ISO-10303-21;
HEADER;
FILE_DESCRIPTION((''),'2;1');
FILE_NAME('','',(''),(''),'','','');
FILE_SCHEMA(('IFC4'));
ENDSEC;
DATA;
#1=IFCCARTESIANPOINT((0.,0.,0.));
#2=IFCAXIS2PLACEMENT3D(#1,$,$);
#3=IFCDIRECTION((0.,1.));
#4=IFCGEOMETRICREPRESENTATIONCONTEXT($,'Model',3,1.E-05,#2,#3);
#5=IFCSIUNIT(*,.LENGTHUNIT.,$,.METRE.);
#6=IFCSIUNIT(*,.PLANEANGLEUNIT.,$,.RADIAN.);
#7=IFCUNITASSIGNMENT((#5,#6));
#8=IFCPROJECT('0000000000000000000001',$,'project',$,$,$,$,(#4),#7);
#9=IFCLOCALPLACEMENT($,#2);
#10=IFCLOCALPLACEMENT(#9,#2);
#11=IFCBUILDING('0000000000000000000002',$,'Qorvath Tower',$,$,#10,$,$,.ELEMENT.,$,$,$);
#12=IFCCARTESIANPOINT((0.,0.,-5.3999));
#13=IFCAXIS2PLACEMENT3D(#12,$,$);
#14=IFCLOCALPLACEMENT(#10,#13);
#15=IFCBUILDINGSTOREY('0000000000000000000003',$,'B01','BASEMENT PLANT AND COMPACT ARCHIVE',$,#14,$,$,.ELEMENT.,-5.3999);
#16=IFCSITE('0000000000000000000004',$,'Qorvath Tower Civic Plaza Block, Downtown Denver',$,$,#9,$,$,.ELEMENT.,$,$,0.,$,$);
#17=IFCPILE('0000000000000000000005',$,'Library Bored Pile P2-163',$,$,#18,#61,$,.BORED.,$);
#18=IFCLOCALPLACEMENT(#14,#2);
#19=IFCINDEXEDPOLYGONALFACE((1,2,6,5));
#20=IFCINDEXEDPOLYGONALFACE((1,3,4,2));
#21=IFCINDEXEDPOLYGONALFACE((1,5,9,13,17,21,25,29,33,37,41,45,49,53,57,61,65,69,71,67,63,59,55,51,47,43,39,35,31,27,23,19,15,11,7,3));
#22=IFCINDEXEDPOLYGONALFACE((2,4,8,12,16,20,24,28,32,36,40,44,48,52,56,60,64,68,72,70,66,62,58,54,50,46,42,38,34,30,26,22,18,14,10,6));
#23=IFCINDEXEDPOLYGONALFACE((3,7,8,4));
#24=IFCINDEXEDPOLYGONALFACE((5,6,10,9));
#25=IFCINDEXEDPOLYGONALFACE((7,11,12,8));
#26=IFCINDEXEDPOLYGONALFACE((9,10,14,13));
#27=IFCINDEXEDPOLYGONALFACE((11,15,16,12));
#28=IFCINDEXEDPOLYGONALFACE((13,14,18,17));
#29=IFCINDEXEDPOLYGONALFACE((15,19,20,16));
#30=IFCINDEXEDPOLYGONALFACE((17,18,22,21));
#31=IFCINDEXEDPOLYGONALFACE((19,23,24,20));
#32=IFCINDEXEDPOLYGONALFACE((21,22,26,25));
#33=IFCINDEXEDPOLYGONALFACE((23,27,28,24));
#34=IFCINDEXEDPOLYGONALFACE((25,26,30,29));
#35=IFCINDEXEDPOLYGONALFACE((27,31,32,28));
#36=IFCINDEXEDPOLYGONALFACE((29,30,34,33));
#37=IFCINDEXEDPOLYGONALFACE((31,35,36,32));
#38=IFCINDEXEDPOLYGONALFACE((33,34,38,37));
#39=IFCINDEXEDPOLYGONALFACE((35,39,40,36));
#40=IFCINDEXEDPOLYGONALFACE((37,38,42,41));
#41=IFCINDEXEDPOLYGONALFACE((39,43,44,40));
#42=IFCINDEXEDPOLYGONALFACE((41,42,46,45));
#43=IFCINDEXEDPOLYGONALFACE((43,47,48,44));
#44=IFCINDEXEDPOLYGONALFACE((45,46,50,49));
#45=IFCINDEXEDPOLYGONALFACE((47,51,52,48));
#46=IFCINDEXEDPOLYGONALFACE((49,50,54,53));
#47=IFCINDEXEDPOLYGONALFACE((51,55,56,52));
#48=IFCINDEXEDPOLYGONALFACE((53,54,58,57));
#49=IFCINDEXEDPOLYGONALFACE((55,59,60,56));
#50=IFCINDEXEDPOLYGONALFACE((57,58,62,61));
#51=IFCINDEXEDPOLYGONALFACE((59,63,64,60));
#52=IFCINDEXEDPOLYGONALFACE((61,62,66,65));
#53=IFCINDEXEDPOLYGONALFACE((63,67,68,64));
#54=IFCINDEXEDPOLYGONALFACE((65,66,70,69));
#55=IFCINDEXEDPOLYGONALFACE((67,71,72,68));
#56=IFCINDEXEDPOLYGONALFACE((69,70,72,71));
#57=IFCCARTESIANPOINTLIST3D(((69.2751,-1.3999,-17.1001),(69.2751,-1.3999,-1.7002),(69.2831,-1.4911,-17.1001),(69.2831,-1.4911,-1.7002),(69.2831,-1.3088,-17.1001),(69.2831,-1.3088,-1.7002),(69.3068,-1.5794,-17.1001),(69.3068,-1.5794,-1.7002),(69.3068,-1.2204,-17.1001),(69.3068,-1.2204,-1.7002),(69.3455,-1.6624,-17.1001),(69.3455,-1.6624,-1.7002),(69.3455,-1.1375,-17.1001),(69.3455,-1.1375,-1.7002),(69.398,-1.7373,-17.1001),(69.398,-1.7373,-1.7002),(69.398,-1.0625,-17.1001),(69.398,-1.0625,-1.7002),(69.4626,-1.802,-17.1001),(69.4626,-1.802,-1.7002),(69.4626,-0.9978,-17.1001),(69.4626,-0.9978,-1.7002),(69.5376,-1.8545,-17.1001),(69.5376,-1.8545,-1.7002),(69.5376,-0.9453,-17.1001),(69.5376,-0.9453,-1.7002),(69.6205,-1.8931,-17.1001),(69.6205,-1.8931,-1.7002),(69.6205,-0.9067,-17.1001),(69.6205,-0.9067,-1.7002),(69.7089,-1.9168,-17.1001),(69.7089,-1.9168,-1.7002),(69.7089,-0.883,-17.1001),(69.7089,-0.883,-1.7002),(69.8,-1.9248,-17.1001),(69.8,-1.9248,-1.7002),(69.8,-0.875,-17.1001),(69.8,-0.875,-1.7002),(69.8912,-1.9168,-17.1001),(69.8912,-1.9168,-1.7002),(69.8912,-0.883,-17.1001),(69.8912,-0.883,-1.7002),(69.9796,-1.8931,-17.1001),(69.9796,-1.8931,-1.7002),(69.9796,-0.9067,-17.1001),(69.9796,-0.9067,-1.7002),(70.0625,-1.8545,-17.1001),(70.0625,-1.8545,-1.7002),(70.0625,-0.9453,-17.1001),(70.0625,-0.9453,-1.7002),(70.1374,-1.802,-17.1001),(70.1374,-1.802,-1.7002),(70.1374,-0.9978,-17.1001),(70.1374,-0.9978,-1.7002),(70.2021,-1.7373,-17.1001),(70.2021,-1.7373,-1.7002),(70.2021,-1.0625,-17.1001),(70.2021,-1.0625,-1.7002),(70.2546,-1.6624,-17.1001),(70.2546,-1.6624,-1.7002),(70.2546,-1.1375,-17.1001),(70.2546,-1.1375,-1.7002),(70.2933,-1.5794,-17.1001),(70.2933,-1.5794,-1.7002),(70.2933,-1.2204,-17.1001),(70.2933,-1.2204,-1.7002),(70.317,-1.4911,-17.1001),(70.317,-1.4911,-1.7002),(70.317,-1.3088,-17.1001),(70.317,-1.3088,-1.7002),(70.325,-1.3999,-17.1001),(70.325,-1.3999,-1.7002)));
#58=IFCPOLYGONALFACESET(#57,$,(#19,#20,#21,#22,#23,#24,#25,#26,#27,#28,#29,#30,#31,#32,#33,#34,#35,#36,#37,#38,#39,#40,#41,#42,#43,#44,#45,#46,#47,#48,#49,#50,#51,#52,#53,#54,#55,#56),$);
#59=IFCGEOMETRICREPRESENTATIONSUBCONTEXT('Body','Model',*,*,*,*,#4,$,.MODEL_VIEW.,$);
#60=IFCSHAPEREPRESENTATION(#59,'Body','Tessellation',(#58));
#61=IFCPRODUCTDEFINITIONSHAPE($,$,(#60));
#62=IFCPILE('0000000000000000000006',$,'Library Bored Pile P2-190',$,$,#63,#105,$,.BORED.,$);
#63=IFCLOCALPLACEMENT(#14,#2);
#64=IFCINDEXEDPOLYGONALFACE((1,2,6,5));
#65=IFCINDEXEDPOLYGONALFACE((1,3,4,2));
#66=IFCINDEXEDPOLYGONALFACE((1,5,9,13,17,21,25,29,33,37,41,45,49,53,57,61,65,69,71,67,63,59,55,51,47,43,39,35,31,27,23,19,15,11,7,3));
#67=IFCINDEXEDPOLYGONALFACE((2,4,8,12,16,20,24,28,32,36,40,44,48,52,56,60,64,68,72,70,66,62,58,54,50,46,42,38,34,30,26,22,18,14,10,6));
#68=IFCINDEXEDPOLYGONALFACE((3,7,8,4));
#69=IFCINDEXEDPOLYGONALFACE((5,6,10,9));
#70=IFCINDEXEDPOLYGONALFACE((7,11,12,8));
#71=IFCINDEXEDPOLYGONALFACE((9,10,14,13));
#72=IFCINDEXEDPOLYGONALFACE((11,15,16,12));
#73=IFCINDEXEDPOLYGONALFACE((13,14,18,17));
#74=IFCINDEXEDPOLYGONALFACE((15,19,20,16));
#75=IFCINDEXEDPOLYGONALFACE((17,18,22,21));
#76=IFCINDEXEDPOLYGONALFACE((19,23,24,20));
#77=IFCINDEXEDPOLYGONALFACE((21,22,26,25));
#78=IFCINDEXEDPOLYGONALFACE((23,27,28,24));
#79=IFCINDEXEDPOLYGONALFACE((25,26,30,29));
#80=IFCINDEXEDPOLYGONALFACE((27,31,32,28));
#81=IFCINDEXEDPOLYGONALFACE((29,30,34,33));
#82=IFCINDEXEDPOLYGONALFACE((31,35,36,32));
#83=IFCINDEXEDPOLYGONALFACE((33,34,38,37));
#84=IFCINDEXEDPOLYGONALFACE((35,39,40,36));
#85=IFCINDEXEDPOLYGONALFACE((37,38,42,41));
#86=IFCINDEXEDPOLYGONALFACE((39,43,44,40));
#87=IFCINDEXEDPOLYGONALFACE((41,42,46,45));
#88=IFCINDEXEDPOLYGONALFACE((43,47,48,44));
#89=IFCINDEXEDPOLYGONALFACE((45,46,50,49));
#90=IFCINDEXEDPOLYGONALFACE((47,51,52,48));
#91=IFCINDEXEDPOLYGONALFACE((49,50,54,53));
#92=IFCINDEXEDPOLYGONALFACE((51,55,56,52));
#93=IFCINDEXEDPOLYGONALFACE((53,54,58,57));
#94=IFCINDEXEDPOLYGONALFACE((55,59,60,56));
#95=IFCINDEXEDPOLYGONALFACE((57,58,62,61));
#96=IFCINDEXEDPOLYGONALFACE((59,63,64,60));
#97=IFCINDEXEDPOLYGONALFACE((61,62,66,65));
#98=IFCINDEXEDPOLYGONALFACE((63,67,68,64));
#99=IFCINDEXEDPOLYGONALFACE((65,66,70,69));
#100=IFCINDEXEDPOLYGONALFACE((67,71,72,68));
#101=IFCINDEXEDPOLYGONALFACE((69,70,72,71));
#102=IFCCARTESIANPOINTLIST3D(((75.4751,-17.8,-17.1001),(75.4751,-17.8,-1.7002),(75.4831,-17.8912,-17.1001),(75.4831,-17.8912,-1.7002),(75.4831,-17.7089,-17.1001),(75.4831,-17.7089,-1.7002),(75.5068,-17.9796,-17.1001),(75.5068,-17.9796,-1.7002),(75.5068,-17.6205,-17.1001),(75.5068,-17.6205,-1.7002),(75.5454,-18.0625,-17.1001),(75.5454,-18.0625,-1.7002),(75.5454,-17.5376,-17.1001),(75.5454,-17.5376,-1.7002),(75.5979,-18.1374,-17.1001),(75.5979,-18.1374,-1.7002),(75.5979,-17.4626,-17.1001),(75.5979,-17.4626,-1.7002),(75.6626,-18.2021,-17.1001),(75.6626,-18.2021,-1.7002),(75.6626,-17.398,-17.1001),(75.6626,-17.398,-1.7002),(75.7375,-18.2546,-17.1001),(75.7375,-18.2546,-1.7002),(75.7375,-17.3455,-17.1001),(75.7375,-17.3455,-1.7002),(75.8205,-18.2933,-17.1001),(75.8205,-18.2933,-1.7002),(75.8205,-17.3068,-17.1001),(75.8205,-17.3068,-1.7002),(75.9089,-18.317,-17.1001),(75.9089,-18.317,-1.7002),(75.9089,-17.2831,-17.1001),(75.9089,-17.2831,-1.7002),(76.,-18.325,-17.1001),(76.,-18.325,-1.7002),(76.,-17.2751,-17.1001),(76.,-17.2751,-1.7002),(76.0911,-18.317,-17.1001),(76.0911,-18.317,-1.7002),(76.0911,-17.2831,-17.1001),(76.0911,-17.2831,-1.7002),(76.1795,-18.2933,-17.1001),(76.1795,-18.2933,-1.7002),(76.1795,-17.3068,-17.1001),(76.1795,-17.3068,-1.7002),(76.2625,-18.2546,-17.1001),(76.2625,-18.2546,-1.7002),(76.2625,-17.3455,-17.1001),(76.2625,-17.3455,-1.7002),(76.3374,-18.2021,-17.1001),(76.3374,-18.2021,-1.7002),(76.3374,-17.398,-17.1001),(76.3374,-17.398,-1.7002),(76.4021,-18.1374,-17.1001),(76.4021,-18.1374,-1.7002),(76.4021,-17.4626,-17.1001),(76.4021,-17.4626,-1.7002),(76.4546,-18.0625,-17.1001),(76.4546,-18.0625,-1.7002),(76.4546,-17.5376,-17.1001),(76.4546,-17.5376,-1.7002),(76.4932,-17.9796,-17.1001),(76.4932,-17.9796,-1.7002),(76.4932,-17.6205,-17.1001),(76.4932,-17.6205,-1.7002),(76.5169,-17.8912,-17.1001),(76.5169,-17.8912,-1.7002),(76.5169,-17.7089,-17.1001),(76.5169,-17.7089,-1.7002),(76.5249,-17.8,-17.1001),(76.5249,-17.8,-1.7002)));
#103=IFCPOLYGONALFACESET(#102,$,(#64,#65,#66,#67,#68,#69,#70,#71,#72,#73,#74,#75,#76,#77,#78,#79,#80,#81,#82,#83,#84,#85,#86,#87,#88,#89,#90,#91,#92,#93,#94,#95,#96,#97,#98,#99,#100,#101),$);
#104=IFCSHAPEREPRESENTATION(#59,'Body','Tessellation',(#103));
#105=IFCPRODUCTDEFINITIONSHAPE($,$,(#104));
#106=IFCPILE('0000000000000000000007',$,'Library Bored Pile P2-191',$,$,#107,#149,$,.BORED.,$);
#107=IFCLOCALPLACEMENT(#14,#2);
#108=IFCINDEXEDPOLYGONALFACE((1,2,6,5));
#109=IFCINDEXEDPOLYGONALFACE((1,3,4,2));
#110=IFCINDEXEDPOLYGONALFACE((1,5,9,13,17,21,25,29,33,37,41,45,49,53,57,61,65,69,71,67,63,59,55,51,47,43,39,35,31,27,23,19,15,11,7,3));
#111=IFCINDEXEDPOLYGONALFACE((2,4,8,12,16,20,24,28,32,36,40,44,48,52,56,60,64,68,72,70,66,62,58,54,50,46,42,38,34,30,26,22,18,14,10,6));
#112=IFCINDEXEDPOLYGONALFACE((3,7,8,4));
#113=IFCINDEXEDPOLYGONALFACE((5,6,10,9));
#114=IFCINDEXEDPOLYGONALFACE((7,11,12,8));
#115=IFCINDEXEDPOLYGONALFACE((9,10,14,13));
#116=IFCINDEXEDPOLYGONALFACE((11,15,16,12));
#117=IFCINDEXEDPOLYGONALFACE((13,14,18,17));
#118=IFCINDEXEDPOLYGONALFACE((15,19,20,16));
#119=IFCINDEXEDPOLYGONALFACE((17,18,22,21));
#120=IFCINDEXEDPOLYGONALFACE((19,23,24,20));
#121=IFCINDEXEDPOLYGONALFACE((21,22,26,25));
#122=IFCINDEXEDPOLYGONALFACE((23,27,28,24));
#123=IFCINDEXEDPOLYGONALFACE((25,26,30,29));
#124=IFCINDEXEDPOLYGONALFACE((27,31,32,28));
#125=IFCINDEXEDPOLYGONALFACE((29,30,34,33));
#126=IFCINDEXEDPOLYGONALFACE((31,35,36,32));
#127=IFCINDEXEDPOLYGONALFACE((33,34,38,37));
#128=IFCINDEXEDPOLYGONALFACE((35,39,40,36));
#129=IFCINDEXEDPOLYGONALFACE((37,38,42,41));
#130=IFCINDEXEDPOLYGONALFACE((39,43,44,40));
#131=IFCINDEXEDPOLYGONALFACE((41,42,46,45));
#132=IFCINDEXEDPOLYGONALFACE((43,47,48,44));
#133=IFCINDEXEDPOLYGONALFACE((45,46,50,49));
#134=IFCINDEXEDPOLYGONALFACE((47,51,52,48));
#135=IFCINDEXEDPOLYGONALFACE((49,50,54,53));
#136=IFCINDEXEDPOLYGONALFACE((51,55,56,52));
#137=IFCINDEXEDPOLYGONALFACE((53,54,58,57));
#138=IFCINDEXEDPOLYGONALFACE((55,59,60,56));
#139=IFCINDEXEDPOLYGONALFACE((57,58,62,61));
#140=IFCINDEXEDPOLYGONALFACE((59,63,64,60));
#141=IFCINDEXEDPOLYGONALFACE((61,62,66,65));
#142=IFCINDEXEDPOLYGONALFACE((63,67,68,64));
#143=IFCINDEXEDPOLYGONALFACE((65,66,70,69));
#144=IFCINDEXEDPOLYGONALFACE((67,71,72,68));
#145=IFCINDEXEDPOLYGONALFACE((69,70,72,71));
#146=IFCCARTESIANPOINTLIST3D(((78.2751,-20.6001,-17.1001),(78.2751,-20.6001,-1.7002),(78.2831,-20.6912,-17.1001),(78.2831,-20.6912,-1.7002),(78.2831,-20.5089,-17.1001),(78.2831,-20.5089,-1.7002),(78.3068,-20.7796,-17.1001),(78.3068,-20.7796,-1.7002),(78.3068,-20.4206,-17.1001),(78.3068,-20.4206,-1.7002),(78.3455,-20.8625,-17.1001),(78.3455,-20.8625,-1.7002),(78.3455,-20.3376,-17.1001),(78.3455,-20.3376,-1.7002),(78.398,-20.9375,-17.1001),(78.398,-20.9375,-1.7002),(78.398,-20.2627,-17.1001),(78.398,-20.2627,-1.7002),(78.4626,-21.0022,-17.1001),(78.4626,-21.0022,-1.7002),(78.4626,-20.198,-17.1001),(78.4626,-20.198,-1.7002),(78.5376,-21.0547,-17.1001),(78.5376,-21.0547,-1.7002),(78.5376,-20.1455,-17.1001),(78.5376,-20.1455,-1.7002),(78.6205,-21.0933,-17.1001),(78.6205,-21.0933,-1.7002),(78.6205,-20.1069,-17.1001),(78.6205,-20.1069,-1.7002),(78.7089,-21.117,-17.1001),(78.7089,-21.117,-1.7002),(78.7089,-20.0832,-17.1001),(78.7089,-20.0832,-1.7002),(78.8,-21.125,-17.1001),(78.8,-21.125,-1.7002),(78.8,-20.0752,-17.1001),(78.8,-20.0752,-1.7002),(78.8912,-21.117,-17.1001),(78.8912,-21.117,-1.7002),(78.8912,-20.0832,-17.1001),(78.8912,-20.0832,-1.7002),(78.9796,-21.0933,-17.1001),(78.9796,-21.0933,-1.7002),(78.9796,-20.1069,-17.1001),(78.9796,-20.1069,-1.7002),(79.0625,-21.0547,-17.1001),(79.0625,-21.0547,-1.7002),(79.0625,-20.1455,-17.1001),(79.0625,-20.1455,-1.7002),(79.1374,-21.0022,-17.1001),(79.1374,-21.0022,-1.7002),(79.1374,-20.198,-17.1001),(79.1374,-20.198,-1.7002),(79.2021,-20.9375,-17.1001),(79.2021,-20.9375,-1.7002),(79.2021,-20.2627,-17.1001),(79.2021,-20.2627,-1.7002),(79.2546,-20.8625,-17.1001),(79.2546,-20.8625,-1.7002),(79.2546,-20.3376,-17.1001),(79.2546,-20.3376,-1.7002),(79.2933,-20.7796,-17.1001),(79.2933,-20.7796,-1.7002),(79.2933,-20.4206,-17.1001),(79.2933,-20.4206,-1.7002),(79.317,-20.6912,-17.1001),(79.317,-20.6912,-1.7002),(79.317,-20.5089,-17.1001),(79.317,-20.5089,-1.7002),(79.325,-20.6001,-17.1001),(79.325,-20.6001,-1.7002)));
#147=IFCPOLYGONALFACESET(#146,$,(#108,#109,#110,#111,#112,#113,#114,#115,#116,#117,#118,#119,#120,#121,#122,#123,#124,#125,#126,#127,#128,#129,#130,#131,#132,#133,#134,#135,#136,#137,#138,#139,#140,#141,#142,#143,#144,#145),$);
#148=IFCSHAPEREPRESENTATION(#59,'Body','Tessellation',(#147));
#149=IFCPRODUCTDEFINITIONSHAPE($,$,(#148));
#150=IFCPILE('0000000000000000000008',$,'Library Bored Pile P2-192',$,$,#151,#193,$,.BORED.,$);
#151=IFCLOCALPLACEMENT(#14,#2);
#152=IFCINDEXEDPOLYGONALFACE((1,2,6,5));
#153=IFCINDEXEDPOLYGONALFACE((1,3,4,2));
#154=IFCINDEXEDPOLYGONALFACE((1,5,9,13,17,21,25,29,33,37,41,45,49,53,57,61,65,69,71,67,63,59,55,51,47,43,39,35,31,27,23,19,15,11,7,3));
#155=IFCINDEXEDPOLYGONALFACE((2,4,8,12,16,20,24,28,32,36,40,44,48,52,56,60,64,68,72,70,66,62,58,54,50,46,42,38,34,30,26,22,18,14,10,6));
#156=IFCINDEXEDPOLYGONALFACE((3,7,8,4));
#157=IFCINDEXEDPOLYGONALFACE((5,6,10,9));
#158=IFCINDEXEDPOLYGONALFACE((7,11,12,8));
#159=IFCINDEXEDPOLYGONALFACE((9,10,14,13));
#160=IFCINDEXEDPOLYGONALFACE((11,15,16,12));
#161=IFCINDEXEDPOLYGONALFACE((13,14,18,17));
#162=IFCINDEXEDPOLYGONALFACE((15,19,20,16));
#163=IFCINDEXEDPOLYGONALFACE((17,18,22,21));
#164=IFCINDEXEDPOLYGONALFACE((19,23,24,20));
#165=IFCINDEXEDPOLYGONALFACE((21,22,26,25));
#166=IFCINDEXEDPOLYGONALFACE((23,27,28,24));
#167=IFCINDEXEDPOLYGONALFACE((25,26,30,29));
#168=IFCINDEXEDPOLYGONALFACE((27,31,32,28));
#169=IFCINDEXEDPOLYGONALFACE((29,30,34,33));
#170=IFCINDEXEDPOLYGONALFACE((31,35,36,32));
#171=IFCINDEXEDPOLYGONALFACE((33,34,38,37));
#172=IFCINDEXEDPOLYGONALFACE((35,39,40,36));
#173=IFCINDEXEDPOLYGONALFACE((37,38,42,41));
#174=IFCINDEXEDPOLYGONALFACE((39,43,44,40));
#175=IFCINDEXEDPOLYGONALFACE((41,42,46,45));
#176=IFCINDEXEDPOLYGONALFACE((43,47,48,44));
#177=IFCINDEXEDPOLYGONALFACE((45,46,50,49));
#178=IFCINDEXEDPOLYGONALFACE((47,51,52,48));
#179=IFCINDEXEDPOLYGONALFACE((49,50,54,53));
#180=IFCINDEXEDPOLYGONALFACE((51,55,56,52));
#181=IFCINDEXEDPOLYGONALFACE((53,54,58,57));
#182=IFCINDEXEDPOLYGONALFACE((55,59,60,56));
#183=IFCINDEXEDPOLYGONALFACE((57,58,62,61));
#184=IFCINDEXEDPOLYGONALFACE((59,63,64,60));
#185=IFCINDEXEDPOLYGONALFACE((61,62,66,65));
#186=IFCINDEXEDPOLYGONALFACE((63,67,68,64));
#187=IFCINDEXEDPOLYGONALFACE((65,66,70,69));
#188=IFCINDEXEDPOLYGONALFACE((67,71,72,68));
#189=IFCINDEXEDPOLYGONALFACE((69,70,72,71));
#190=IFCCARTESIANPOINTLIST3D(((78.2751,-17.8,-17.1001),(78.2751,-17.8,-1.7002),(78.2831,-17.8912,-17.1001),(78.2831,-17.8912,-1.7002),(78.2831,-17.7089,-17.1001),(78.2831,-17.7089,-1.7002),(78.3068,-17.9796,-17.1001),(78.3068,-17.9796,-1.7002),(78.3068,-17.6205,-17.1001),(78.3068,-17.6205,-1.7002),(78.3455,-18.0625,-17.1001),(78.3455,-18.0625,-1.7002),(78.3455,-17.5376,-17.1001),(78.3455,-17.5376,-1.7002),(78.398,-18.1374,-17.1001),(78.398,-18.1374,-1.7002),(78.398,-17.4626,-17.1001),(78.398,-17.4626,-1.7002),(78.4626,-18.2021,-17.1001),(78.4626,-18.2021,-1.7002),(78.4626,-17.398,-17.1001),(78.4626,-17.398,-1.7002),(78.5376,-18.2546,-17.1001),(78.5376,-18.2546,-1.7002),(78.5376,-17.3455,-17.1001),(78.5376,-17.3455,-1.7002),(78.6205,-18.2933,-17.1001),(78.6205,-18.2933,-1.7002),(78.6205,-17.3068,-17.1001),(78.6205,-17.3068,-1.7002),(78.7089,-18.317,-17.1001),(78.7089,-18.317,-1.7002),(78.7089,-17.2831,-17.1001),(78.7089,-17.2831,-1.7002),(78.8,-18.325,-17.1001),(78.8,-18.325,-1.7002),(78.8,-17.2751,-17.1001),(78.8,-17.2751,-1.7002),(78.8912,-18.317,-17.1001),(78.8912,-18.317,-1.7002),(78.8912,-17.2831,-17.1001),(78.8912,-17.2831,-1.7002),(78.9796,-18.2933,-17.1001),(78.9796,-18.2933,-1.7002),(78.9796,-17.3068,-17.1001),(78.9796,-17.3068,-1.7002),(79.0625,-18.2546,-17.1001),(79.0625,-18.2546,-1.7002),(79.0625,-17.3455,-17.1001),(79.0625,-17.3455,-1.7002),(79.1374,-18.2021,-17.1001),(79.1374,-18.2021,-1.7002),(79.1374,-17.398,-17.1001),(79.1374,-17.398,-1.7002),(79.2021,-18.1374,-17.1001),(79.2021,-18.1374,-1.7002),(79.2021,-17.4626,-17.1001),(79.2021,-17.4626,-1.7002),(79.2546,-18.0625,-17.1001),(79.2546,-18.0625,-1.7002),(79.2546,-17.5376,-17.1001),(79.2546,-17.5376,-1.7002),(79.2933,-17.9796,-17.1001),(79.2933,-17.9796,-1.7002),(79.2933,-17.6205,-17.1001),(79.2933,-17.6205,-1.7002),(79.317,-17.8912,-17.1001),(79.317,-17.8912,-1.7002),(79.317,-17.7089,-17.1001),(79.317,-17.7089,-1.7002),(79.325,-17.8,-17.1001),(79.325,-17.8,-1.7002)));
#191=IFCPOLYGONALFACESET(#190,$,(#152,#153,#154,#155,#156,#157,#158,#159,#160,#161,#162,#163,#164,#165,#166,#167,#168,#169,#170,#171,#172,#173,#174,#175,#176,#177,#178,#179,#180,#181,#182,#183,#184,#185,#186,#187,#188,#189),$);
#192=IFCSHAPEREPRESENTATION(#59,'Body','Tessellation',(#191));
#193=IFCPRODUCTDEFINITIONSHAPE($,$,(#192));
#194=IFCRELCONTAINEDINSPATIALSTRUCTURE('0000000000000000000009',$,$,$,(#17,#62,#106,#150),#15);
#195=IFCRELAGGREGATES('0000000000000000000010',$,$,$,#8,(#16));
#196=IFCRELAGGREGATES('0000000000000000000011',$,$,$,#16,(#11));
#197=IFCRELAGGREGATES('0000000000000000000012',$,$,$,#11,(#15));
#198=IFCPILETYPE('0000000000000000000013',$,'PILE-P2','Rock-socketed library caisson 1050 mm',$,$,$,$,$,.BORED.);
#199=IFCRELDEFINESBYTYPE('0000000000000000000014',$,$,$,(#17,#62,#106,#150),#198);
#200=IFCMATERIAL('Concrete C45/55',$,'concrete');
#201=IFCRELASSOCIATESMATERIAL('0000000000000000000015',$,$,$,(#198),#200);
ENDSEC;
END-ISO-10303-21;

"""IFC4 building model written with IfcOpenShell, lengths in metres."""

from ifc_helpers import new_model, si_unit, direction, frame, origin, origin_2d, place, context, subcontext, project, spatial, circle, extrude, material, material_profile, profile_set, type_object, element, save


model = new_model("IFC4")

# Units and contexts
model_context = context("Model", 3, precision=1e-05, world=origin(), true_north=direction((0.0, 1.0)))
body_context = subcontext(model_context, "Body", "Model", "MODEL_VIEW")
ifc_project = project(units=[si_unit("LENGTHUNIT", "METRE"), si_unit("PLANEANGLEUNIT", "RADIAN")], contexts=[model_context])

# Site, building, storey
site_placement = place(None, origin())
site = spatial("IfcSite", under=ifc_project, at=site_placement, Name="Qorvath Tower Civic Plaza Block, Downtown Denver", CompositionType="ELEMENT", RefElevation=0.0)
building_placement = place(site_placement, origin())
building = spatial("IfcBuilding", under=site, at=building_placement, Name="Qorvath Tower", CompositionType="ELEMENT")
storey_placement = place(building_placement, frame((0.0, 0.0, -5.3999)))
storey = spatial("IfcBuildingStorey", under=building, at=storey_placement, Name="B01", Description="BASEMENT PLANT AND COMPACT ARCHIVE", CompositionType="ELEMENT", Elevation=-5.3999)

# Piles
ifc_material_1 = material(Name="Concrete C45/55", Category="concrete")
ifc_material_profile_1 = material_profile(ifc_material_1, circle(Radius=0.5249, at=origin_2d()), Name="BORED PILE 1050")
ifc_profile_set_1 = profile_set([ifc_material_profile_1], Name="Concrete C45/55")
pile_type = type_object("IfcPileType", Name="PILE-P2", Description="Rock-socketed library caisson 1050 mm", PredefinedType="BORED", material=ifc_profile_set_1)
for number, where, z_axis, x_axis, name in (
    (1, (69.8, -1.3999, -1.7002), (0.0, 0.0, -1.0), (1.0, 0.0, 0.0), "Library Bored Pile P2-163"),
    (2, (76.0, -17.8, -1.7002), (0.0, 0.0, -1.0), (1.0, 0.0, 0.0), "Library Bored Pile P2-190"),
    (3, (78.8, -20.6001, -1.7002), (0.0, 0.0, -1.0), (1.0, 0.0, 0.0), "Library Bored Pile P2-191"),
    (4, (78.8, -17.8, -1.7002), (0.0, 0.0, -1.0), (1.0, 0.0, 0.0), "Library Bored Pile P2-192"),
):
    element("IfcPile", number, at=place(storey_placement, frame(where, z_axis=z_axis, x_axis=x_axis)), inside=storey, type_object=pile_type, Name=name, PredefinedType="BORED", context=body_context, shape_type="SweptSolid", body=[
        extrude(circle(Radius=0.5249, at=origin_2d()), origin(), (0.0, 0.0, 1.0), 15.3999),
    ])

save(model, "model.ifc")
